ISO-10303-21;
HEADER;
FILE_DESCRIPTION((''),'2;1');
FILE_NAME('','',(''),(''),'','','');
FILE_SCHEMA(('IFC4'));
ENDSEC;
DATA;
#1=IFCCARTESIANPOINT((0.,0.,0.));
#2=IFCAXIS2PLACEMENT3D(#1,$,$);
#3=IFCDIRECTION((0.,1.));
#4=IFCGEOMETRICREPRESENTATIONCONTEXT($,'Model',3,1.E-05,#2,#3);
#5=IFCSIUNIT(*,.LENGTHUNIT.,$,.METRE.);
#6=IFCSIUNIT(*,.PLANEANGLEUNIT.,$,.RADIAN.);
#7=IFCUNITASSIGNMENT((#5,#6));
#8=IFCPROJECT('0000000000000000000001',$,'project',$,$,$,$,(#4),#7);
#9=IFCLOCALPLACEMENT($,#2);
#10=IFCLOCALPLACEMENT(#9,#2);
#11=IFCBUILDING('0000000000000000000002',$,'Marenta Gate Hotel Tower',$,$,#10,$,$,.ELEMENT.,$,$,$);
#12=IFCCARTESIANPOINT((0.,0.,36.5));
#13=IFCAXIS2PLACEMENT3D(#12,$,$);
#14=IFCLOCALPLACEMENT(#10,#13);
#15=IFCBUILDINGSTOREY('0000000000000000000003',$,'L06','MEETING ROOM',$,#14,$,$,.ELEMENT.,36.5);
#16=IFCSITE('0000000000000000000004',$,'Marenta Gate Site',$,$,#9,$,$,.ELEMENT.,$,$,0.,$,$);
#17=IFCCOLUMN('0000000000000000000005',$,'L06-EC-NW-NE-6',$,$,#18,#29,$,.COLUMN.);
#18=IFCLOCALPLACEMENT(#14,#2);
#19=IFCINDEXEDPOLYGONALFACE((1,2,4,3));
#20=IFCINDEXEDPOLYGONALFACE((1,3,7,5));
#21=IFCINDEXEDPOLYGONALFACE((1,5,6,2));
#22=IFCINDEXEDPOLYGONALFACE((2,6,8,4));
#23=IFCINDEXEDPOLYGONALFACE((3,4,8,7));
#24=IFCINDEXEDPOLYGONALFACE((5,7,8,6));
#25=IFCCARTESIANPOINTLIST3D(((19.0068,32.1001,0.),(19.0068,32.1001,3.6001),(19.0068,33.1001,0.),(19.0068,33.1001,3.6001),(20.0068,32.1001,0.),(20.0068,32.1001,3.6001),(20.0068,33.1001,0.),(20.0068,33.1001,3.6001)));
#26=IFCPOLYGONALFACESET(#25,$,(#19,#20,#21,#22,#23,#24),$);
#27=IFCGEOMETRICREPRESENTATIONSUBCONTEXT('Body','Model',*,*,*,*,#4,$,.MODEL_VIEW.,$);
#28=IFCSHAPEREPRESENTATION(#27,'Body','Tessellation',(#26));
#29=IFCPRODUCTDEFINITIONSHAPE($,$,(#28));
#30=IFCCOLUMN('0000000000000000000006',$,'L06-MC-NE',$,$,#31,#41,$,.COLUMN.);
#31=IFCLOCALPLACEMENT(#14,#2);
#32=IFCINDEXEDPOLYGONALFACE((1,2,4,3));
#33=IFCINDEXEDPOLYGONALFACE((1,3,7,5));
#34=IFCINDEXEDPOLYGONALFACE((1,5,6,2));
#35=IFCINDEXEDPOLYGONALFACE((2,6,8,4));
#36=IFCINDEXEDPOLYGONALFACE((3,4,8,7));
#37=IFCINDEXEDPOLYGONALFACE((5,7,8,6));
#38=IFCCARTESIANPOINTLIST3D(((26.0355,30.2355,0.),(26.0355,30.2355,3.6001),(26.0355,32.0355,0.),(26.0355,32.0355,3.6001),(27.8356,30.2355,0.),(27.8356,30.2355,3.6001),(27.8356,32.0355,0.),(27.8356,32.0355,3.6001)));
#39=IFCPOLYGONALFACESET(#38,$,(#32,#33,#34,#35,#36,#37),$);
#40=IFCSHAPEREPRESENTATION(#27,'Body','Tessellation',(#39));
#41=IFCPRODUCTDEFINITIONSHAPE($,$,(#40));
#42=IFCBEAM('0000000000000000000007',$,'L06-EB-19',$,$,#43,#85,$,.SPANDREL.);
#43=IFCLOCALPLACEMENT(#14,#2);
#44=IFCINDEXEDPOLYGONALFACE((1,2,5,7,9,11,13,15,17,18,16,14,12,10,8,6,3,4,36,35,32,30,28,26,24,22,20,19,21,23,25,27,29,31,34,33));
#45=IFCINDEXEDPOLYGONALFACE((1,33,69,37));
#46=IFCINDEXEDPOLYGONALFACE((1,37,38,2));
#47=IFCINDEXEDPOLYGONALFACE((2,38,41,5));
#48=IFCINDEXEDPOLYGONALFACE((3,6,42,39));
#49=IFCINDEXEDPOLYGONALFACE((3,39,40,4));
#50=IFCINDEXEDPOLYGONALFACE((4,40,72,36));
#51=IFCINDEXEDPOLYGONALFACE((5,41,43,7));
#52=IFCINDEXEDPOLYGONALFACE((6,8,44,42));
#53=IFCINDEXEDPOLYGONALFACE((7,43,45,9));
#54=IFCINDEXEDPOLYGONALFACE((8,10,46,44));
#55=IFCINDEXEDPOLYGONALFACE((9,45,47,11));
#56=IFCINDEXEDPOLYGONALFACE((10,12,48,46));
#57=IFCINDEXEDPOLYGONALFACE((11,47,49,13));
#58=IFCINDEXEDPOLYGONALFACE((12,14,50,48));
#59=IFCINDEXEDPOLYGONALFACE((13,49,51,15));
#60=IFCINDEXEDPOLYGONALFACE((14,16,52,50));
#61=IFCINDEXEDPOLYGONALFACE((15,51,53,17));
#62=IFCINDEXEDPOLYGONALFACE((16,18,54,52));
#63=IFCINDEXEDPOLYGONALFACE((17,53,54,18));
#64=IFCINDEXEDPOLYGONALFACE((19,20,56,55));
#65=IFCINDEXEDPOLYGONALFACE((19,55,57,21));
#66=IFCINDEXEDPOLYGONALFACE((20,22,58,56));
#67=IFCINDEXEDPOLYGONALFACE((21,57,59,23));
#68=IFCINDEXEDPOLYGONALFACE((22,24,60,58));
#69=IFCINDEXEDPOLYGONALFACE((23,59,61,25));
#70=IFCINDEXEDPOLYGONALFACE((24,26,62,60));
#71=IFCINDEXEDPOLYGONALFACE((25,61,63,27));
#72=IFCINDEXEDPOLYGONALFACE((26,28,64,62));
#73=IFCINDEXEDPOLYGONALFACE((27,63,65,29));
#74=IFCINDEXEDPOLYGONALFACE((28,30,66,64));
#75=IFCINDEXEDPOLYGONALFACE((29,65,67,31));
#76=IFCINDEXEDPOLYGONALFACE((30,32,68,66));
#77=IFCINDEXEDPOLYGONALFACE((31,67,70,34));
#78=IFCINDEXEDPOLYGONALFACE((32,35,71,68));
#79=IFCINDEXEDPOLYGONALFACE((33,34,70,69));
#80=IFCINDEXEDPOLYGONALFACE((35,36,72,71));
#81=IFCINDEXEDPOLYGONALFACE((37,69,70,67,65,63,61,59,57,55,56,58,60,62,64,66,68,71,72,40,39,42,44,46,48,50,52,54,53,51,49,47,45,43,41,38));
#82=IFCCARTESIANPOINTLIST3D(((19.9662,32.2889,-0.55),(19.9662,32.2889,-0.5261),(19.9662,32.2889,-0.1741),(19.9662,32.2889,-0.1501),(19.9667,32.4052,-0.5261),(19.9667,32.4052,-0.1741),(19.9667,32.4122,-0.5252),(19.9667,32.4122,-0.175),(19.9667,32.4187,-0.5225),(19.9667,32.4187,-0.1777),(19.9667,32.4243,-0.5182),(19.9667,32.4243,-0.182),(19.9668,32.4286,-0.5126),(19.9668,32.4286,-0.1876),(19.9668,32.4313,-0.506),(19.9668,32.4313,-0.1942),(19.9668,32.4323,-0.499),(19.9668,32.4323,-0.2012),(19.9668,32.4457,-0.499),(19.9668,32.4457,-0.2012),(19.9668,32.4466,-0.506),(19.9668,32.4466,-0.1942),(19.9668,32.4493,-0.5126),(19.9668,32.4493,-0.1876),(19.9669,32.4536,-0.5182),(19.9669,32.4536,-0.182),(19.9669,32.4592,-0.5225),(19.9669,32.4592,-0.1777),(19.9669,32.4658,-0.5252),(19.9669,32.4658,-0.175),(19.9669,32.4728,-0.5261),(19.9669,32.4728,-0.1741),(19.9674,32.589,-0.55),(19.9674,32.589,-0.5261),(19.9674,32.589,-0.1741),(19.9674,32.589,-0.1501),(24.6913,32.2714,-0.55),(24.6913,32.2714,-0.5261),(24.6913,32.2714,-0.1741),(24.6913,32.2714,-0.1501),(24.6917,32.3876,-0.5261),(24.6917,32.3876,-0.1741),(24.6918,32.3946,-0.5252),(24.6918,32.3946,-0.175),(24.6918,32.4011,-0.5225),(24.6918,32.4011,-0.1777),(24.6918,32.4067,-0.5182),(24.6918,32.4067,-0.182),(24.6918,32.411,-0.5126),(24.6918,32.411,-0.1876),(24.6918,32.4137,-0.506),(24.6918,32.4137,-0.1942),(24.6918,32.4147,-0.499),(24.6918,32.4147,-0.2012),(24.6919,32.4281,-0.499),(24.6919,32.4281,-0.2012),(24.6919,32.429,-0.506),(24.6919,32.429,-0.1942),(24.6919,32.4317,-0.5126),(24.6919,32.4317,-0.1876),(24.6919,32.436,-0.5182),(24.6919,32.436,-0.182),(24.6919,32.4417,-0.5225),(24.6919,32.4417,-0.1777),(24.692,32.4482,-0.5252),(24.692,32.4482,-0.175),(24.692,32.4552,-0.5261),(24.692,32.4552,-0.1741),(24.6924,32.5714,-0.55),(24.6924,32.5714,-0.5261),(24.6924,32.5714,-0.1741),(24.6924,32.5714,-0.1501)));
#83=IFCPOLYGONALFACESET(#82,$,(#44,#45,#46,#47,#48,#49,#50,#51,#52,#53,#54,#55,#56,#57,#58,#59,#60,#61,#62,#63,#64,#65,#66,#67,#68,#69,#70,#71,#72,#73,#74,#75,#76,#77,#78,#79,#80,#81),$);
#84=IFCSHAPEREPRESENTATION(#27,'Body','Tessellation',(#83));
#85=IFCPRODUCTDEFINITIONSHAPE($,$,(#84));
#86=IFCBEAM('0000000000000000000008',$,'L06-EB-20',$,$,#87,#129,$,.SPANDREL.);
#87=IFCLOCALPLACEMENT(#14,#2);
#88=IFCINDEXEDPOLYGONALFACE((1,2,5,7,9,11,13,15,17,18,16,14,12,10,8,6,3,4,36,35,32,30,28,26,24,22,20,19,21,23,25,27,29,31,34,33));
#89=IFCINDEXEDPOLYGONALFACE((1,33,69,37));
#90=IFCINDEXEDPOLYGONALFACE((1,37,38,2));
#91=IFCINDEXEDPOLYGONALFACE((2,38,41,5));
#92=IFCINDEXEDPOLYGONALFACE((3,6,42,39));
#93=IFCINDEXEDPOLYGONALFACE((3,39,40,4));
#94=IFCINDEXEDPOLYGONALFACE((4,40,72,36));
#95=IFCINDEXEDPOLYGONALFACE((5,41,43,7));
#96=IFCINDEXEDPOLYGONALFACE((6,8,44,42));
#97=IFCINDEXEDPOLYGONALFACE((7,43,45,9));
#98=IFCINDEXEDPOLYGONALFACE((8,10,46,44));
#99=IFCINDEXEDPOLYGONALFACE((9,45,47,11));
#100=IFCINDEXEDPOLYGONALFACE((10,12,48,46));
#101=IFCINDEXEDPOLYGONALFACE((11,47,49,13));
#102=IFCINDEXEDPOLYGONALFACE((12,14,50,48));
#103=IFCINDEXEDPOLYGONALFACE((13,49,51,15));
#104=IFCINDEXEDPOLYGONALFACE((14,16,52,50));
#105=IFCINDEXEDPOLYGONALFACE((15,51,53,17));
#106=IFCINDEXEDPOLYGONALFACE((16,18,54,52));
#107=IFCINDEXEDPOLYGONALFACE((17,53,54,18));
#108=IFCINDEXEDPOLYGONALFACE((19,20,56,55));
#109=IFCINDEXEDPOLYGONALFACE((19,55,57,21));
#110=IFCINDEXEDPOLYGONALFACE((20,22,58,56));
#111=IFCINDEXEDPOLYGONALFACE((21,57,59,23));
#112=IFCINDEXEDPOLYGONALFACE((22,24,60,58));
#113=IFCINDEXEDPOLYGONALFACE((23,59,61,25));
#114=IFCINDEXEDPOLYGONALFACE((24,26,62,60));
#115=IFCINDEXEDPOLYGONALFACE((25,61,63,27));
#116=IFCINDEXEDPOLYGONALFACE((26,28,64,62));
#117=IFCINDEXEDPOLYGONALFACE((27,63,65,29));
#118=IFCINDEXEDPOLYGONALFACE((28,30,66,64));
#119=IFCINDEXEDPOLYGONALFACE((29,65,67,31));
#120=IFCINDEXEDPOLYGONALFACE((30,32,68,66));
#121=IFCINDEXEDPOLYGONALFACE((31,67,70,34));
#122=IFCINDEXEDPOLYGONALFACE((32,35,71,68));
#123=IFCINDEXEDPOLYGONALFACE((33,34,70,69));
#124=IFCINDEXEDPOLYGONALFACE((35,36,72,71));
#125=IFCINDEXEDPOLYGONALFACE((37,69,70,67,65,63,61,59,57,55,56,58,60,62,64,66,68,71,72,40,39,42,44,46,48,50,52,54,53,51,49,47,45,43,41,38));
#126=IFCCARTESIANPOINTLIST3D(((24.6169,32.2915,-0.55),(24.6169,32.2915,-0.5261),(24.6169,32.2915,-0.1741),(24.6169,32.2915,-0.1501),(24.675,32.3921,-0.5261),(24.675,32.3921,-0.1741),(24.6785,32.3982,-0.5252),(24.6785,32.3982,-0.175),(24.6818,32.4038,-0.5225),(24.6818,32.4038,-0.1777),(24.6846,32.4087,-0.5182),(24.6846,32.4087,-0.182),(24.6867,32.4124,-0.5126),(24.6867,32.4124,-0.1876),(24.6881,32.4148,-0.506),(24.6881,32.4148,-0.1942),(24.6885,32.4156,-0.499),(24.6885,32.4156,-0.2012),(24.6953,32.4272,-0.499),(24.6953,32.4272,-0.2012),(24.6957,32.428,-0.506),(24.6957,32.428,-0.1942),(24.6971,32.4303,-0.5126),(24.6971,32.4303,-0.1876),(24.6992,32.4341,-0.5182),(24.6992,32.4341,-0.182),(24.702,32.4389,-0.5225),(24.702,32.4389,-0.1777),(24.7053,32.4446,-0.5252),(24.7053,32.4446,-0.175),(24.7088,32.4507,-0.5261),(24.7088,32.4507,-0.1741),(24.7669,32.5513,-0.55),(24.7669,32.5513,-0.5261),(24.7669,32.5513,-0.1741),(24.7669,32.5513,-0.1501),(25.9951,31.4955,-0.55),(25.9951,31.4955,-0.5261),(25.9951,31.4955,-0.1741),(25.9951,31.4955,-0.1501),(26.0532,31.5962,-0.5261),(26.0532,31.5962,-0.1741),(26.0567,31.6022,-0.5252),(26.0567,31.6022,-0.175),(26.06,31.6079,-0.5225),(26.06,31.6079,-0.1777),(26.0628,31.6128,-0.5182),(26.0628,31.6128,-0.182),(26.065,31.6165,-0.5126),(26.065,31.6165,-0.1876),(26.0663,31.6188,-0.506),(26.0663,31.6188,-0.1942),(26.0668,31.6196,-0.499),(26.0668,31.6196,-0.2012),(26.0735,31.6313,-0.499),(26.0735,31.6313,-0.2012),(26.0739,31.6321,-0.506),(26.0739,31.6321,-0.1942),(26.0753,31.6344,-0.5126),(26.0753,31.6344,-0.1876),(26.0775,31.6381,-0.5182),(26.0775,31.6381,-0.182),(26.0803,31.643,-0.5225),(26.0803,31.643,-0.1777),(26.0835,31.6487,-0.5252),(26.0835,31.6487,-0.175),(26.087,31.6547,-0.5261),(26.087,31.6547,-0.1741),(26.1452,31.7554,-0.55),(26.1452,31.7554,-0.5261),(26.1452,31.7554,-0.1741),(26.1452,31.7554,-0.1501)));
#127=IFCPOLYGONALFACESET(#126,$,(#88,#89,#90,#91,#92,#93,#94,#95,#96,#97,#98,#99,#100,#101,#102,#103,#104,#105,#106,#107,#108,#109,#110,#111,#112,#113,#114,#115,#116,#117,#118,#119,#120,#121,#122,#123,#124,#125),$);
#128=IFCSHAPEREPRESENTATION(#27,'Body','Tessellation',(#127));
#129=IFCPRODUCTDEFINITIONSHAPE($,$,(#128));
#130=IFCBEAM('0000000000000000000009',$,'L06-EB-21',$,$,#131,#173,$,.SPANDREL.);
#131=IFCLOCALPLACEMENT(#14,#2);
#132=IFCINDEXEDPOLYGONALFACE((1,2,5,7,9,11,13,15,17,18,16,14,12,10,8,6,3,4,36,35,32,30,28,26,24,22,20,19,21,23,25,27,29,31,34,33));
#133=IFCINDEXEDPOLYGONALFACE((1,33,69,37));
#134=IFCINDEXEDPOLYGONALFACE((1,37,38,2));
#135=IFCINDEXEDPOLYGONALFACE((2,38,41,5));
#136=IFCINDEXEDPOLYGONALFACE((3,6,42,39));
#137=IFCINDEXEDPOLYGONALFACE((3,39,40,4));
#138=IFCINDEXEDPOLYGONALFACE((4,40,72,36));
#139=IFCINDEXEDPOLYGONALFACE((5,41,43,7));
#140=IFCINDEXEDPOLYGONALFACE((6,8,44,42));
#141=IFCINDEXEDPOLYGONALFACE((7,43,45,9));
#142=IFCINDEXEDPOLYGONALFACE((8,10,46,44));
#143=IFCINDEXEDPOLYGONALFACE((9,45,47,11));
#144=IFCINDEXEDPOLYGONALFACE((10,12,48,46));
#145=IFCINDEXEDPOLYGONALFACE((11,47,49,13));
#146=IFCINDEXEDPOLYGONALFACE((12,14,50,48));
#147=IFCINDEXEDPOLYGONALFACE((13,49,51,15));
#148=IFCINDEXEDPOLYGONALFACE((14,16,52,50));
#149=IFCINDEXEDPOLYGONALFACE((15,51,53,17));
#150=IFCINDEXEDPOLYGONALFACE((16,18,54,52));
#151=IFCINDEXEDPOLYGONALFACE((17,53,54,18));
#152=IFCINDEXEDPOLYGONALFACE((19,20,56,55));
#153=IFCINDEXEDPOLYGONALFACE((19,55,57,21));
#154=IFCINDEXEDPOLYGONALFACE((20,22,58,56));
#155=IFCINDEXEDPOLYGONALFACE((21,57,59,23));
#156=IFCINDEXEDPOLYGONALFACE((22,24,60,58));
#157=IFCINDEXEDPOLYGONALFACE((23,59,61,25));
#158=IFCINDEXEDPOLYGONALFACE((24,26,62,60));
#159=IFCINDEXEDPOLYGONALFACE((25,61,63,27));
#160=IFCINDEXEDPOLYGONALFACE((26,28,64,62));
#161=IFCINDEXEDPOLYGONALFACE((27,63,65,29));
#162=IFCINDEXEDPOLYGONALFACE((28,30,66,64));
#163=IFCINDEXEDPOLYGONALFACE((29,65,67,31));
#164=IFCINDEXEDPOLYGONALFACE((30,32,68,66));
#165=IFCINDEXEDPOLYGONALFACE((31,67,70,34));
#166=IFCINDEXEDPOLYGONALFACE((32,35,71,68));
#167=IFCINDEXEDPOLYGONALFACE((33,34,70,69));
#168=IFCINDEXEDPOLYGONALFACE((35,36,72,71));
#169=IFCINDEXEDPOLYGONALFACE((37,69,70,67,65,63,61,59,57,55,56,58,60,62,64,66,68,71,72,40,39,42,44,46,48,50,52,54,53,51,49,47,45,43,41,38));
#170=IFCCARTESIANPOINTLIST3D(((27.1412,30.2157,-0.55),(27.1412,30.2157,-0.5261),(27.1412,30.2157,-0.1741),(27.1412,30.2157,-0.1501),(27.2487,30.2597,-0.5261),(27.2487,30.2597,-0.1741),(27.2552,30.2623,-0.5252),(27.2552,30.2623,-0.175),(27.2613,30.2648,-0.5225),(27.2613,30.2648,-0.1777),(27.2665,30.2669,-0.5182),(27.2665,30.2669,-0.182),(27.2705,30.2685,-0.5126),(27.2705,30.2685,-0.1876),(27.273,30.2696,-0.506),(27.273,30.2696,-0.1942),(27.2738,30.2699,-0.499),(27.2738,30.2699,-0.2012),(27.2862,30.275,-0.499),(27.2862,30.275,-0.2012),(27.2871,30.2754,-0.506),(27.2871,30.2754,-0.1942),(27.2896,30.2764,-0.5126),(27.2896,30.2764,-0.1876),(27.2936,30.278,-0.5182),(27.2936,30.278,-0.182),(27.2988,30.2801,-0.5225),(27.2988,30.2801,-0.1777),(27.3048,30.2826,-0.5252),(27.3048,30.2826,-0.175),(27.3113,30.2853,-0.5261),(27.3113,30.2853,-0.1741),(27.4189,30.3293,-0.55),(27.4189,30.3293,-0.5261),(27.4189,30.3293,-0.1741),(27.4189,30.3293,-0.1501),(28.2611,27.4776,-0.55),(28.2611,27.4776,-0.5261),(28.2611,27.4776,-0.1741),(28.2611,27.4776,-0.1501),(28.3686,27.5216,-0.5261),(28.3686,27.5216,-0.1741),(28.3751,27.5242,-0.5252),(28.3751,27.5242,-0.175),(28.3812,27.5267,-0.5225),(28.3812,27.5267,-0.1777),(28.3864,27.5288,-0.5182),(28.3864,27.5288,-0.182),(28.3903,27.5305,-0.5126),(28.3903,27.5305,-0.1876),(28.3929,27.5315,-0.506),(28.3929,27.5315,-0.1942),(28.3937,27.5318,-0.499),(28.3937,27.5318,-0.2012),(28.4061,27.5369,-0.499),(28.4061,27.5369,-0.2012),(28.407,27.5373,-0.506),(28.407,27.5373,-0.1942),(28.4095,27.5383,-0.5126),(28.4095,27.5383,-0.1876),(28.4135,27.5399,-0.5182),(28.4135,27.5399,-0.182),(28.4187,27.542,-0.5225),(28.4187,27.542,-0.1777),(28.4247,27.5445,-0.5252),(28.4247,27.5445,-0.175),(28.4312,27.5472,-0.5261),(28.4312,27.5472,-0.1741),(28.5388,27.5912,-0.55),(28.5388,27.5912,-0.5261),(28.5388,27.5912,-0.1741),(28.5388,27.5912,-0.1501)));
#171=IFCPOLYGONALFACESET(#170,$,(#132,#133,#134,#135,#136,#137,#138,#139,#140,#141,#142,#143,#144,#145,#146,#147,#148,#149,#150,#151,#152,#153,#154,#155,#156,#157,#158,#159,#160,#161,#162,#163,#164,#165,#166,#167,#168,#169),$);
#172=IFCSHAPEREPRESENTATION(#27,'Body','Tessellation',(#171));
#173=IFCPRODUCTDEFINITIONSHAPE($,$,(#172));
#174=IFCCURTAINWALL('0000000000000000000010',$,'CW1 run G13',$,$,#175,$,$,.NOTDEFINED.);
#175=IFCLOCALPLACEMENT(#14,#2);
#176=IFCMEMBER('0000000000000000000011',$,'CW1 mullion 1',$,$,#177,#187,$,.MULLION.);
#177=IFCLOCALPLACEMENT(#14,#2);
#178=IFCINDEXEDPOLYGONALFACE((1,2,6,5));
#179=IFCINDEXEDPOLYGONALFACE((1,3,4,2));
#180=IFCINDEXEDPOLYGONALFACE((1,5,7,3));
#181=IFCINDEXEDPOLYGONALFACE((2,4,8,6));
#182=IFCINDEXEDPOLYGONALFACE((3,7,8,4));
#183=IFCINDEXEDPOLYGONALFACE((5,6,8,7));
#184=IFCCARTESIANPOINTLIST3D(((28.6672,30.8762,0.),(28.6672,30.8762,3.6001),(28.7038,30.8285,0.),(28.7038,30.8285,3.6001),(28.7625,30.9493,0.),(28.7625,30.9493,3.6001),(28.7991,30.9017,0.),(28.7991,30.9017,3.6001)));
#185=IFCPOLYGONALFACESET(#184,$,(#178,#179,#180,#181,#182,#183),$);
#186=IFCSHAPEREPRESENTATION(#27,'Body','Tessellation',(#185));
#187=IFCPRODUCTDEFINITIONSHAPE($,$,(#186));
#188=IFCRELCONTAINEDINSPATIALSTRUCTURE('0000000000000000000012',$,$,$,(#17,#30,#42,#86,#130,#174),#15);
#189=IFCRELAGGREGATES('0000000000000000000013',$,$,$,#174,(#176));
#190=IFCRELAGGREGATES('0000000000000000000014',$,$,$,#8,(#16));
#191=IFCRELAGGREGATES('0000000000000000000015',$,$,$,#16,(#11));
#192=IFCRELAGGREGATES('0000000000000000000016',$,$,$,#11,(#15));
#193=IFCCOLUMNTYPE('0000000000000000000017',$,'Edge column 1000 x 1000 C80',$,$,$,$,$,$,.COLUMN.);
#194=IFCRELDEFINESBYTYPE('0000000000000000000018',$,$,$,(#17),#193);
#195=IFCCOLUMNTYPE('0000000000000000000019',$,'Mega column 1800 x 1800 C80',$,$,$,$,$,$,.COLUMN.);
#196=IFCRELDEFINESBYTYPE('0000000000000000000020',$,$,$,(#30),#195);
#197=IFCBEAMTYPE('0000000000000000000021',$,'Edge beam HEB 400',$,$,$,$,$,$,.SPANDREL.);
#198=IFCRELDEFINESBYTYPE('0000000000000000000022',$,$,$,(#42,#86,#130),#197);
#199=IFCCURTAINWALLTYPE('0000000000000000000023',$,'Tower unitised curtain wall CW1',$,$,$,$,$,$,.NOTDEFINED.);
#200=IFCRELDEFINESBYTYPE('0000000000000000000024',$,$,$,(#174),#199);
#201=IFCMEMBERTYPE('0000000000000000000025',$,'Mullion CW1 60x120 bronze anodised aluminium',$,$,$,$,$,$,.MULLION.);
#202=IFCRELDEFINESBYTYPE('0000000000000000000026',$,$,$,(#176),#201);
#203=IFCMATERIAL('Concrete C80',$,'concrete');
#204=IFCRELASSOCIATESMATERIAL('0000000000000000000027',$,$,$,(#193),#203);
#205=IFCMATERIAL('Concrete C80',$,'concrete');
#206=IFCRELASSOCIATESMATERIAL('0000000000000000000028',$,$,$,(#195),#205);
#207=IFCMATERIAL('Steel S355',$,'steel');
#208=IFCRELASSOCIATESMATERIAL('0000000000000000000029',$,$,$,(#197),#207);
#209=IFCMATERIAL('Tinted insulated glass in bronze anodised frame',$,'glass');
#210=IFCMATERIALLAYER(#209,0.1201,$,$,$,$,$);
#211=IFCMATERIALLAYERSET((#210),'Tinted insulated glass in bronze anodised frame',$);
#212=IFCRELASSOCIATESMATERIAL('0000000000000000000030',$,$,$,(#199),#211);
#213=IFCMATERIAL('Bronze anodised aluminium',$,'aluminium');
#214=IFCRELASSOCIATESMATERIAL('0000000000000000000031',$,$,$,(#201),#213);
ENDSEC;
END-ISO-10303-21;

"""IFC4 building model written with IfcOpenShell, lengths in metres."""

from ifc_helpers import new_model, si_unit, direction, frame, origin, origin_2d, place, context, subcontext, project, spatial, rectangle, i_section, extrude, material, layer, layer_set, material_profile, profile_set, type_object, element, aggregate, save


model = new_model("IFC4")

# Units and contexts
model_context = context("Model", 3, precision=1e-05, world=origin(), true_north=direction((0.0, 1.0)))
body_context = subcontext(model_context, "Body", "Model", "MODEL_VIEW")
ifc_project = project(units=[si_unit("LENGTHUNIT", "METRE"), si_unit("PLANEANGLEUNIT", "RADIAN")], contexts=[model_context])

# Site, building, storey
site_placement = place(None, origin())
site = spatial("IfcSite", under=ifc_project, at=site_placement, Name="Marenta Gate Site", CompositionType="ELEMENT", RefElevation=0.0)
building_placement = place(site_placement, origin())
building = spatial("IfcBuilding", under=site, at=building_placement, Name="Marenta Gate Hotel Tower", CompositionType="ELEMENT")
storey_placement = place(building_placement, frame((0.0, 0.0, 36.5)))
storey = spatial("IfcBuildingStorey", under=building, at=storey_placement, Name="L06", Description="MEETING ROOM", CompositionType="ELEMENT", Elevation=36.5)

# Columns
ifc_material_1 = material(Name="Concrete C80", Category="concrete")
ifc_material_profile_1 = material_profile(ifc_material_1, rectangle(XDim=1.0, YDim=1.0, at=origin_2d()), Name="1000 x 1000")
ifc_profile_set_1 = profile_set([ifc_material_profile_1], Name="Concrete C80")
column_type_1 = type_object("IfcColumnType", Name="Edge column 1000 x 1000 C80", PredefinedType="COLUMN", material=ifc_profile_set_1)
column_1_placement = place(storey_placement, frame((19.5068, 32.6001, 0.0), z_axis=(0.0, 0.0, 1.0), x_axis=(1.0, 0.0, 0.0)))
element("IfcColumn", 1, at=column_1_placement, inside=storey, type_object=column_type_1, Name="L06-EC-NW-NE-6", PredefinedType="COLUMN", context=body_context, shape_type="SweptSolid", body=[
    extrude(rectangle(XDim=1.0, YDim=1.0, at=origin_2d()), origin(), (0.0, 0.0, 1.0), 3.6001),
])
ifc_material_2 = material(Name="Concrete C80", Category="concrete")
ifc_material_profile_2 = material_profile(ifc_material_2, rectangle(XDim=1.8, YDim=1.8, at=origin_2d()), Name="1800 x 1800")
ifc_profile_set_2 = profile_set([ifc_material_profile_2], Name="Concrete C80")
column_type_2 = type_object("IfcColumnType", Name="Mega column 1800 x 1800 C80", PredefinedType="COLUMN", material=ifc_profile_set_2)
column_2_placement = place(storey_placement, frame((26.9355, 31.1355, 0.0), z_axis=(0.0, 0.0, 1.0), x_axis=(1.0, 0.0, 0.0)))
element("IfcColumn", 2, at=column_2_placement, inside=storey, type_object=column_type_2, Name="L06-MC-NE", PredefinedType="COLUMN", context=body_context, shape_type="SweptSolid", body=[
    extrude(rectangle(XDim=1.8, YDim=1.8, at=origin_2d()), origin(), (0.0, 0.0, 1.0), 3.6001),
])

# Beams
ifc_material_3 = material(Name="Steel S355", Category="steel")
ifc_material_profile_3 = material_profile(ifc_material_3, i_section(OverallWidth=0.3, OverallDepth=0.3999, WebThickness=0.0134, FlangeThickness=0.0239, FilletRadius=0.0271, at=origin_2d()), Name="HEB 400")
ifc_profile_set_3 = profile_set([ifc_material_profile_3], Name="Steel S355")
beam_type = type_object("IfcBeamType", Name="Edge beam HEB 400", PredefinedType="SPANDREL", material=ifc_profile_set_3)
beam_1_placement = place(storey_placement, frame((19.9668, 32.439, -0.3501), z_axis=(0.999993, -0.00372, 0.0), x_axis=(0.00372, 0.999993, 0.0)))
element("IfcBeam", 3, at=beam_1_placement, inside=storey, type_object=beam_type, Name="L06-EB-19", PredefinedType="SPANDREL", context=body_context, shape_type="SweptSolid", body=[
    extrude(i_section(OverallWidth=0.3, OverallDepth=0.3999, WebThickness=0.0134, FlangeThickness=0.0239, FilletRadius=0.0271, at=origin_2d()), origin(), (0.0, 0.0, 1.0), 4.7251),
])
beam_2_placement = place(storey_placement, frame((24.6919, 32.4214, -0.3501), z_axis=(0.865968, -0.500099, 0.0), x_axis=(0.500099, 0.865968, 0.0)))
element("IfcBeam", 4, at=beam_2_placement, inside=storey, type_object=beam_type, Name="L06-EB-20", PredefinedType="SPANDREL", context=body_context, shape_type="SweptSolid", body=[
    extrude(i_section(OverallWidth=0.3, OverallDepth=0.3999, WebThickness=0.0134, FlangeThickness=0.0239, FilletRadius=0.0271, at=origin_2d()), origin(), (0.0, 0.0, 1.0), 1.5916),
])
beam_3_placement = place(storey_placement, frame((27.28, 30.2725, -0.3501), z_axis=(0.378565, -0.925575, 0.0), x_axis=(0.925575, 0.378565, 0.0)))
element("IfcBeam", 5, at=beam_3_placement, inside=storey, type_object=beam_type, Name="L06-EB-21", PredefinedType="SPANDREL", context=body_context, shape_type="SweptSolid", body=[
    extrude(i_section(OverallWidth=0.3, OverallDepth=0.3999, WebThickness=0.0134, FlangeThickness=0.0239, FilletRadius=0.0271, at=origin_2d()), origin(), (0.0, 0.0, 1.0), 2.9583),
])

# Curtain wall, member
ifc_material_4 = material(Name="Tinted insulated glass in bronze anodised frame", Category="glass")
ifc_layer_1 = layer(ifc_material_4, 0.1201)
ifc_layer_set_1 = layer_set([ifc_layer_1], Name="Tinted insulated glass in bronze anodised frame")
curtain_wall_type = type_object("IfcCurtainWallType", Name="Tower unitised curtain wall CW1", PredefinedType="NOTDEFINED", material=ifc_layer_set_1)
curtain_wall_1_placement = place(storey_placement, origin())
curtain_wall_1 = element("IfcCurtainWall", 6, at=curtain_wall_1_placement, inside=storey, type_object=curtain_wall_type, Name="CW1 run G13", PredefinedType="NOTDEFINED")
ifc_material_5 = material(Name="Bronze anodised aluminium", Category="aluminium")
ifc_material_profile_4 = material_profile(ifc_material_5, rectangle(XDim=0.1201, YDim=0.0601, at=origin_2d()), Name="Mullion CW1 60x120 bronze anodised aluminium")
ifc_profile_set_4 = profile_set([ifc_material_profile_4], Name="Bronze anodised aluminium")
member_type_1 = type_object("IfcMemberType", Name="Mullion CW1 60x120 bronze anodised aluminium", PredefinedType="MULLION", material=ifc_profile_set_4)
member_1_placement = place(storey_placement, frame((28.7332, 30.8889, 0.0), z_axis=(0.0, 0.0, 1.0), x_axis=(-0.793338, -0.608781, 0.0)))
member_1 = element("IfcMember", 7, at=member_1_placement, type_object=member_type_1, Name="CW1 mullion 1", PredefinedType="MULLION", context=body_context, shape_type="SweptSolid", body=[
    extrude(rectangle(XDim=0.1201, YDim=0.0601, at=origin_2d()), origin(), (0.0, 0.0, 1.0), 3.6001),
])

aggregate(curtain_wall_1, [member_1])

save(model, "model.ifc")
